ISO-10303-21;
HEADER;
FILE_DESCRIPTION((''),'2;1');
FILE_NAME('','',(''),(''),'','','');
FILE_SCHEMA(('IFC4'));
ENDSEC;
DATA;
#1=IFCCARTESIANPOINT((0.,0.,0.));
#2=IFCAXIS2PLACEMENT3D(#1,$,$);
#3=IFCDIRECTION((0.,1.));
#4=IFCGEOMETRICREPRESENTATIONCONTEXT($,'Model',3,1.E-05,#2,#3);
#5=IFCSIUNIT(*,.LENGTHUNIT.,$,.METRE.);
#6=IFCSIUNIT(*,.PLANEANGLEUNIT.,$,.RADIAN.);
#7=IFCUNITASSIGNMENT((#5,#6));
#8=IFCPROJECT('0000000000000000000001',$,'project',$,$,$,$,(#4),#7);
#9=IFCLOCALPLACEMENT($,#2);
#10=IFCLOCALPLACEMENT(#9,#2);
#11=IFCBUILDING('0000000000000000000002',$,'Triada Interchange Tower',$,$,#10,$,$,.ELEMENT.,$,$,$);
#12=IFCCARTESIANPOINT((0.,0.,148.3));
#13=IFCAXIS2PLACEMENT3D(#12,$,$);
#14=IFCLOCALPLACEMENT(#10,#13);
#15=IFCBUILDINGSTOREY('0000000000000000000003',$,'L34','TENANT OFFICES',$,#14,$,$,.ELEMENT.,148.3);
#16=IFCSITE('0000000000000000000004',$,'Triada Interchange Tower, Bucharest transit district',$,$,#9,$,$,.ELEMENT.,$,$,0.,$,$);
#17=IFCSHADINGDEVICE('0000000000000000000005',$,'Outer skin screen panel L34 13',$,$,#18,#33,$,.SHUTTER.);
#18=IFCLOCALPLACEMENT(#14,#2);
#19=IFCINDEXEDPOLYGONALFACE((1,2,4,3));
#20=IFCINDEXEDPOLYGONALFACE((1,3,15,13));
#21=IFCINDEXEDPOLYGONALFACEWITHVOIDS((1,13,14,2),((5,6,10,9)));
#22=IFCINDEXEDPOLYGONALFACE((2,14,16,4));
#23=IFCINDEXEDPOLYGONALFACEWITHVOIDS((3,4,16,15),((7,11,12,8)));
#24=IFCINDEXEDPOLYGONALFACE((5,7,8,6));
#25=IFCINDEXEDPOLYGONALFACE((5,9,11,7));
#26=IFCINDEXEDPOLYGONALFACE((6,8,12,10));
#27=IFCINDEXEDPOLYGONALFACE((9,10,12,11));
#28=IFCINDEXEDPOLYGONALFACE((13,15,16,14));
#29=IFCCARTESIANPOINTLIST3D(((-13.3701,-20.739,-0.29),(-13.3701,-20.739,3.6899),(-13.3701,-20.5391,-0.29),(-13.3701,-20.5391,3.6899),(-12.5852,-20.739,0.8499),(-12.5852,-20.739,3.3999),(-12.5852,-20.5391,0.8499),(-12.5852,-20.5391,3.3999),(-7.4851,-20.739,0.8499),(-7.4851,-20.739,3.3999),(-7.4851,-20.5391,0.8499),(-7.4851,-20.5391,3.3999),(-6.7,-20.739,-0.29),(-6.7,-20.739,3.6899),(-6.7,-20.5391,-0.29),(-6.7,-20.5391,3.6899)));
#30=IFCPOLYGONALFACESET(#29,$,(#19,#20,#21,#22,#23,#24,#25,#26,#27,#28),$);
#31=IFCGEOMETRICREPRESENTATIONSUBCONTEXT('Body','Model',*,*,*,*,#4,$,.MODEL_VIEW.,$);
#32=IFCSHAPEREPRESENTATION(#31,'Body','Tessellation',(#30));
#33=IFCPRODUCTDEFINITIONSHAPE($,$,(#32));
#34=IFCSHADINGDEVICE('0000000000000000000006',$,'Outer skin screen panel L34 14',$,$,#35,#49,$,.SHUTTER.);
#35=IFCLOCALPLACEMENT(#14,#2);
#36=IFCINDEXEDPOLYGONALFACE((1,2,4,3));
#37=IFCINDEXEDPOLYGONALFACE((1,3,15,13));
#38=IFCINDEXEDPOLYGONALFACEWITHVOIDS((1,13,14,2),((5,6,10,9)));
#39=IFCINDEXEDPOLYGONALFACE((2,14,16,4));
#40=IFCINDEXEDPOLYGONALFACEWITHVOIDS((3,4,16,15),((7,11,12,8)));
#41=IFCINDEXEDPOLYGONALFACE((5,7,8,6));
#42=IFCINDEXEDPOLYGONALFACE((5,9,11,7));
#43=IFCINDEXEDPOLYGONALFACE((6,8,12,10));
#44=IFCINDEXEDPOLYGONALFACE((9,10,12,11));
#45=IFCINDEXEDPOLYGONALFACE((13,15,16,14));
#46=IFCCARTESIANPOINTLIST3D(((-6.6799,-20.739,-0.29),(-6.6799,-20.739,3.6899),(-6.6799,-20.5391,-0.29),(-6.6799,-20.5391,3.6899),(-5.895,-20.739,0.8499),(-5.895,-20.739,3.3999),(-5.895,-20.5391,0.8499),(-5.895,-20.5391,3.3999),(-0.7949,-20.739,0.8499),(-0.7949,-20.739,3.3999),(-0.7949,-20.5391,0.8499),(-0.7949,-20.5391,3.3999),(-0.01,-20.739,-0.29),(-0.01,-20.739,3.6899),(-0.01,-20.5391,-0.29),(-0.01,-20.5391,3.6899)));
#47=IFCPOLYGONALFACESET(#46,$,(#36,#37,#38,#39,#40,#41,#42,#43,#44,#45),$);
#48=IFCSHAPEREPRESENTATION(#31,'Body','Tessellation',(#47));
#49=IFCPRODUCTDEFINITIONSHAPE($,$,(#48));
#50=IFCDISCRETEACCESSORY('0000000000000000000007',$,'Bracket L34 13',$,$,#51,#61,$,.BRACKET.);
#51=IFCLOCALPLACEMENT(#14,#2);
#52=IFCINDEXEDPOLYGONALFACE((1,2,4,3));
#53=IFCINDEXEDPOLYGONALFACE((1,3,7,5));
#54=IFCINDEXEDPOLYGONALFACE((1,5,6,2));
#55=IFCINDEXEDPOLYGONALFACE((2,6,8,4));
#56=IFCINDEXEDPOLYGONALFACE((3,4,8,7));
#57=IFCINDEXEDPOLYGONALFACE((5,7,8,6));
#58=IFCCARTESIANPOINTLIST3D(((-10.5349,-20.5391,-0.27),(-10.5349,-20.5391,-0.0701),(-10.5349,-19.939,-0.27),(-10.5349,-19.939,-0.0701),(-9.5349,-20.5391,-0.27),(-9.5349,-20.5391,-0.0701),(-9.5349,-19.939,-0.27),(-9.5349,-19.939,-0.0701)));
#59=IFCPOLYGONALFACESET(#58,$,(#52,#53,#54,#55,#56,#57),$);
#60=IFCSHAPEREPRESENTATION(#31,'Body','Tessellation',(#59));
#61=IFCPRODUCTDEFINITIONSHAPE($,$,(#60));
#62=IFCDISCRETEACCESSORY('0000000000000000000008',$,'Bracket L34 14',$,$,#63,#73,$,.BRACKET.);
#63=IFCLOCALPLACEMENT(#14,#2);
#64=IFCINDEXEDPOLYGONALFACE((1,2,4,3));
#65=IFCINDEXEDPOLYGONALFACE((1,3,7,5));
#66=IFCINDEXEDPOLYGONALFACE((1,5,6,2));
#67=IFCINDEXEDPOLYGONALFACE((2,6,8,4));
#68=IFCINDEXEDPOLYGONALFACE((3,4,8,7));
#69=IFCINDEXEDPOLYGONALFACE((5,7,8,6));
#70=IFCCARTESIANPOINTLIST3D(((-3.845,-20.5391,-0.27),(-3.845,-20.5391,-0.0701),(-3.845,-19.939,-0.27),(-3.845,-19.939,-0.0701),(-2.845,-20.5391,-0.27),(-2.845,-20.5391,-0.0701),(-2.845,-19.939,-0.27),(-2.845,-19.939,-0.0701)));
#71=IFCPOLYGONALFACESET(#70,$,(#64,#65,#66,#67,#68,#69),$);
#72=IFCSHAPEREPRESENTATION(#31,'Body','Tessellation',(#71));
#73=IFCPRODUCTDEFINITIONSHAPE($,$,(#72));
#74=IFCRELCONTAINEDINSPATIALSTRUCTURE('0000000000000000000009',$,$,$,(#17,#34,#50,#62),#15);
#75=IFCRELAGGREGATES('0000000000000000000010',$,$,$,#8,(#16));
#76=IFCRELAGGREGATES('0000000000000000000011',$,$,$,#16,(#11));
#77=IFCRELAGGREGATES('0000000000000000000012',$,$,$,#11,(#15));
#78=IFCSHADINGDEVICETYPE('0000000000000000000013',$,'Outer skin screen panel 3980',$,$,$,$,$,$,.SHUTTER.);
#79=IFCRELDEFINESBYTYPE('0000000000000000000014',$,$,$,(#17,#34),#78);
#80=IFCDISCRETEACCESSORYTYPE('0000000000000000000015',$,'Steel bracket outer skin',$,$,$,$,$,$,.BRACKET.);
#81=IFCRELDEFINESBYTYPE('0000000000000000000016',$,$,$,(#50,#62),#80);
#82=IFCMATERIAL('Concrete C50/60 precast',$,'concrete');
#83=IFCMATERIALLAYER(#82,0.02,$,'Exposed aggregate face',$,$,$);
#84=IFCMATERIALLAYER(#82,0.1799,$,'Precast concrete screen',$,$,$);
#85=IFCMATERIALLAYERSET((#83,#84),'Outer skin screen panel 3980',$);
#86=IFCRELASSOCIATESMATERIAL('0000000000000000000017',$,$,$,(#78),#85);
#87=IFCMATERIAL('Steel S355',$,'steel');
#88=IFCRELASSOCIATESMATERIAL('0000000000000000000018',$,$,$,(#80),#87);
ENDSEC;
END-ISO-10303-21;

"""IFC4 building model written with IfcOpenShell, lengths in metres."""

from ifc_helpers import new_model, si_unit, direction, frame, origin, origin_2d, place, context, subcontext, project, spatial, polyline, rectangle, outline, extrude, material, layer, layer_set, type_object, element, save


model = new_model("IFC4")

# Units and contexts
model_context = context("Model", 3, precision=1e-05, world=origin(), true_north=direction((0.0, 1.0)))
body_context = subcontext(model_context, "Body", "Model", "MODEL_VIEW")
ifc_project = project(units=[si_unit("LENGTHUNIT", "METRE"), si_unit("PLANEANGLEUNIT", "RADIAN")], contexts=[model_context])

# Site, building, storey
site_placement = place(None, origin())
site = spatial("IfcSite", under=ifc_project, at=site_placement, Name="Triada Interchange Tower, Bucharest transit district", CompositionType="ELEMENT", RefElevation=0.0)
building_placement = place(site_placement, origin())
building = spatial("IfcBuilding", under=site, at=building_placement, Name="Triada Interchange Tower", CompositionType="ELEMENT")
storey_placement = place(building_placement, frame((0.0, 0.0, 148.3)))
storey = spatial("IfcBuildingStorey", under=building, at=storey_placement, Name="L34", Description="TENANT OFFICES", CompositionType="ELEMENT", Elevation=148.3)

# Shading devices
ifc_material_1 = material(Name="Concrete C50/60 precast", Category="concrete")
ifc_layer_1 = layer(ifc_material_1, 0.02, Name="Exposed aggregate face")
ifc_layer_2 = layer(ifc_material_1, 0.1799, Name="Precast concrete screen")
ifc_layer_set_1 = layer_set([ifc_layer_1, ifc_layer_2], Name="Outer skin screen panel 3980")
shading_device_type = type_object("IfcShadingDeviceType", Name="Outer skin screen panel 3980", PredefinedType="SHUTTER", material=ifc_layer_set_1)
shading_device_1_placement = place(storey_placement, frame((-13.3701, -20.5391, -0.29), z_axis=(0.0, 0.0, 1.0), x_axis=(1.0, 0.0, 0.0)))
element("IfcShadingDevice", 1, at=shading_device_1_placement, inside=storey, type_object=shading_device_type, Name="Outer skin screen panel L34 13", PredefinedType="SHUTTER", context=body_context, shape_type="SweptSolid", body=[
    extrude(outline(polyline([(0.0, 0.0), (6.6702, 0.0), (6.6702, 3.98), (0.0, 3.98), (0.0, 0.0)]), holes=[polyline([(0.7849, 1.1399), (0.7849, 3.6899), (5.885, 3.6899), (5.885, 1.1399), (0.7849, 1.1399)])]), frame((0.0, 0.0, 0.0), z_axis=(0.0, -1.0, 0.0), x_axis=(1.0, 0.0, 0.0)), (0.0, 0.0, 1.0), 0.2),
])
shading_device_2_placement = place(storey_placement, frame((-6.6799, -20.5391, -0.29), z_axis=(0.0, 0.0, 1.0), x_axis=(1.0, 0.0, 0.0)))
element("IfcShadingDevice", 2, at=shading_device_2_placement, inside=storey, type_object=shading_device_type, Name="Outer skin screen panel L34 14", PredefinedType="SHUTTER", context=body_context, shape_type="SweptSolid", body=[
    extrude(outline(polyline([(0.0, 0.0), (6.6699, 0.0), (6.6699, 3.98), (0.0, 3.98), (0.0, 0.0)]), holes=[polyline([(0.7849, 1.1399), (0.7849, 3.6899), (5.885, 3.6899), (5.885, 1.1399), (0.7849, 1.1399)])]), frame((0.0, 0.0, 0.0), z_axis=(0.0, -1.0, 0.0), x_axis=(1.0, 0.0, 0.0)), (0.0, 0.0, 1.0), 0.2),
])

# Discrete accessories
ifc_material_2 = material(Name="Steel S355", Category="steel")
discrete_accessory_type = type_object("IfcDiscreteAccessoryType", Name="Steel bracket outer skin", PredefinedType="BRACKET", material=ifc_material_2)
for number, where, z_axis, x_axis, name in (
    (3, (-10.0349, -20.239, -0.27), (0.0, 0.0, 1.0), (0.0, -1.0, 0.0), "Bracket L34 13"),
    (4, (-3.345, -20.239, -0.27), (0.0, 0.0, 1.0), (0.0, -1.0, 0.0), "Bracket L34 14"),
):
    element("IfcDiscreteAccessory", number, at=place(storey_placement, frame(where, z_axis=z_axis, x_axis=x_axis)), inside=storey, type_object=discrete_accessory_type, Name=name, PredefinedType="BRACKET", context=body_context, shape_type="SweptSolid", body=[
        extrude(rectangle(XDim=0.6001, YDim=1.0, at=origin_2d()), origin(), (0.0, 0.0, 1.0), 0.2),
    ])

save(model, "model.ifc")
